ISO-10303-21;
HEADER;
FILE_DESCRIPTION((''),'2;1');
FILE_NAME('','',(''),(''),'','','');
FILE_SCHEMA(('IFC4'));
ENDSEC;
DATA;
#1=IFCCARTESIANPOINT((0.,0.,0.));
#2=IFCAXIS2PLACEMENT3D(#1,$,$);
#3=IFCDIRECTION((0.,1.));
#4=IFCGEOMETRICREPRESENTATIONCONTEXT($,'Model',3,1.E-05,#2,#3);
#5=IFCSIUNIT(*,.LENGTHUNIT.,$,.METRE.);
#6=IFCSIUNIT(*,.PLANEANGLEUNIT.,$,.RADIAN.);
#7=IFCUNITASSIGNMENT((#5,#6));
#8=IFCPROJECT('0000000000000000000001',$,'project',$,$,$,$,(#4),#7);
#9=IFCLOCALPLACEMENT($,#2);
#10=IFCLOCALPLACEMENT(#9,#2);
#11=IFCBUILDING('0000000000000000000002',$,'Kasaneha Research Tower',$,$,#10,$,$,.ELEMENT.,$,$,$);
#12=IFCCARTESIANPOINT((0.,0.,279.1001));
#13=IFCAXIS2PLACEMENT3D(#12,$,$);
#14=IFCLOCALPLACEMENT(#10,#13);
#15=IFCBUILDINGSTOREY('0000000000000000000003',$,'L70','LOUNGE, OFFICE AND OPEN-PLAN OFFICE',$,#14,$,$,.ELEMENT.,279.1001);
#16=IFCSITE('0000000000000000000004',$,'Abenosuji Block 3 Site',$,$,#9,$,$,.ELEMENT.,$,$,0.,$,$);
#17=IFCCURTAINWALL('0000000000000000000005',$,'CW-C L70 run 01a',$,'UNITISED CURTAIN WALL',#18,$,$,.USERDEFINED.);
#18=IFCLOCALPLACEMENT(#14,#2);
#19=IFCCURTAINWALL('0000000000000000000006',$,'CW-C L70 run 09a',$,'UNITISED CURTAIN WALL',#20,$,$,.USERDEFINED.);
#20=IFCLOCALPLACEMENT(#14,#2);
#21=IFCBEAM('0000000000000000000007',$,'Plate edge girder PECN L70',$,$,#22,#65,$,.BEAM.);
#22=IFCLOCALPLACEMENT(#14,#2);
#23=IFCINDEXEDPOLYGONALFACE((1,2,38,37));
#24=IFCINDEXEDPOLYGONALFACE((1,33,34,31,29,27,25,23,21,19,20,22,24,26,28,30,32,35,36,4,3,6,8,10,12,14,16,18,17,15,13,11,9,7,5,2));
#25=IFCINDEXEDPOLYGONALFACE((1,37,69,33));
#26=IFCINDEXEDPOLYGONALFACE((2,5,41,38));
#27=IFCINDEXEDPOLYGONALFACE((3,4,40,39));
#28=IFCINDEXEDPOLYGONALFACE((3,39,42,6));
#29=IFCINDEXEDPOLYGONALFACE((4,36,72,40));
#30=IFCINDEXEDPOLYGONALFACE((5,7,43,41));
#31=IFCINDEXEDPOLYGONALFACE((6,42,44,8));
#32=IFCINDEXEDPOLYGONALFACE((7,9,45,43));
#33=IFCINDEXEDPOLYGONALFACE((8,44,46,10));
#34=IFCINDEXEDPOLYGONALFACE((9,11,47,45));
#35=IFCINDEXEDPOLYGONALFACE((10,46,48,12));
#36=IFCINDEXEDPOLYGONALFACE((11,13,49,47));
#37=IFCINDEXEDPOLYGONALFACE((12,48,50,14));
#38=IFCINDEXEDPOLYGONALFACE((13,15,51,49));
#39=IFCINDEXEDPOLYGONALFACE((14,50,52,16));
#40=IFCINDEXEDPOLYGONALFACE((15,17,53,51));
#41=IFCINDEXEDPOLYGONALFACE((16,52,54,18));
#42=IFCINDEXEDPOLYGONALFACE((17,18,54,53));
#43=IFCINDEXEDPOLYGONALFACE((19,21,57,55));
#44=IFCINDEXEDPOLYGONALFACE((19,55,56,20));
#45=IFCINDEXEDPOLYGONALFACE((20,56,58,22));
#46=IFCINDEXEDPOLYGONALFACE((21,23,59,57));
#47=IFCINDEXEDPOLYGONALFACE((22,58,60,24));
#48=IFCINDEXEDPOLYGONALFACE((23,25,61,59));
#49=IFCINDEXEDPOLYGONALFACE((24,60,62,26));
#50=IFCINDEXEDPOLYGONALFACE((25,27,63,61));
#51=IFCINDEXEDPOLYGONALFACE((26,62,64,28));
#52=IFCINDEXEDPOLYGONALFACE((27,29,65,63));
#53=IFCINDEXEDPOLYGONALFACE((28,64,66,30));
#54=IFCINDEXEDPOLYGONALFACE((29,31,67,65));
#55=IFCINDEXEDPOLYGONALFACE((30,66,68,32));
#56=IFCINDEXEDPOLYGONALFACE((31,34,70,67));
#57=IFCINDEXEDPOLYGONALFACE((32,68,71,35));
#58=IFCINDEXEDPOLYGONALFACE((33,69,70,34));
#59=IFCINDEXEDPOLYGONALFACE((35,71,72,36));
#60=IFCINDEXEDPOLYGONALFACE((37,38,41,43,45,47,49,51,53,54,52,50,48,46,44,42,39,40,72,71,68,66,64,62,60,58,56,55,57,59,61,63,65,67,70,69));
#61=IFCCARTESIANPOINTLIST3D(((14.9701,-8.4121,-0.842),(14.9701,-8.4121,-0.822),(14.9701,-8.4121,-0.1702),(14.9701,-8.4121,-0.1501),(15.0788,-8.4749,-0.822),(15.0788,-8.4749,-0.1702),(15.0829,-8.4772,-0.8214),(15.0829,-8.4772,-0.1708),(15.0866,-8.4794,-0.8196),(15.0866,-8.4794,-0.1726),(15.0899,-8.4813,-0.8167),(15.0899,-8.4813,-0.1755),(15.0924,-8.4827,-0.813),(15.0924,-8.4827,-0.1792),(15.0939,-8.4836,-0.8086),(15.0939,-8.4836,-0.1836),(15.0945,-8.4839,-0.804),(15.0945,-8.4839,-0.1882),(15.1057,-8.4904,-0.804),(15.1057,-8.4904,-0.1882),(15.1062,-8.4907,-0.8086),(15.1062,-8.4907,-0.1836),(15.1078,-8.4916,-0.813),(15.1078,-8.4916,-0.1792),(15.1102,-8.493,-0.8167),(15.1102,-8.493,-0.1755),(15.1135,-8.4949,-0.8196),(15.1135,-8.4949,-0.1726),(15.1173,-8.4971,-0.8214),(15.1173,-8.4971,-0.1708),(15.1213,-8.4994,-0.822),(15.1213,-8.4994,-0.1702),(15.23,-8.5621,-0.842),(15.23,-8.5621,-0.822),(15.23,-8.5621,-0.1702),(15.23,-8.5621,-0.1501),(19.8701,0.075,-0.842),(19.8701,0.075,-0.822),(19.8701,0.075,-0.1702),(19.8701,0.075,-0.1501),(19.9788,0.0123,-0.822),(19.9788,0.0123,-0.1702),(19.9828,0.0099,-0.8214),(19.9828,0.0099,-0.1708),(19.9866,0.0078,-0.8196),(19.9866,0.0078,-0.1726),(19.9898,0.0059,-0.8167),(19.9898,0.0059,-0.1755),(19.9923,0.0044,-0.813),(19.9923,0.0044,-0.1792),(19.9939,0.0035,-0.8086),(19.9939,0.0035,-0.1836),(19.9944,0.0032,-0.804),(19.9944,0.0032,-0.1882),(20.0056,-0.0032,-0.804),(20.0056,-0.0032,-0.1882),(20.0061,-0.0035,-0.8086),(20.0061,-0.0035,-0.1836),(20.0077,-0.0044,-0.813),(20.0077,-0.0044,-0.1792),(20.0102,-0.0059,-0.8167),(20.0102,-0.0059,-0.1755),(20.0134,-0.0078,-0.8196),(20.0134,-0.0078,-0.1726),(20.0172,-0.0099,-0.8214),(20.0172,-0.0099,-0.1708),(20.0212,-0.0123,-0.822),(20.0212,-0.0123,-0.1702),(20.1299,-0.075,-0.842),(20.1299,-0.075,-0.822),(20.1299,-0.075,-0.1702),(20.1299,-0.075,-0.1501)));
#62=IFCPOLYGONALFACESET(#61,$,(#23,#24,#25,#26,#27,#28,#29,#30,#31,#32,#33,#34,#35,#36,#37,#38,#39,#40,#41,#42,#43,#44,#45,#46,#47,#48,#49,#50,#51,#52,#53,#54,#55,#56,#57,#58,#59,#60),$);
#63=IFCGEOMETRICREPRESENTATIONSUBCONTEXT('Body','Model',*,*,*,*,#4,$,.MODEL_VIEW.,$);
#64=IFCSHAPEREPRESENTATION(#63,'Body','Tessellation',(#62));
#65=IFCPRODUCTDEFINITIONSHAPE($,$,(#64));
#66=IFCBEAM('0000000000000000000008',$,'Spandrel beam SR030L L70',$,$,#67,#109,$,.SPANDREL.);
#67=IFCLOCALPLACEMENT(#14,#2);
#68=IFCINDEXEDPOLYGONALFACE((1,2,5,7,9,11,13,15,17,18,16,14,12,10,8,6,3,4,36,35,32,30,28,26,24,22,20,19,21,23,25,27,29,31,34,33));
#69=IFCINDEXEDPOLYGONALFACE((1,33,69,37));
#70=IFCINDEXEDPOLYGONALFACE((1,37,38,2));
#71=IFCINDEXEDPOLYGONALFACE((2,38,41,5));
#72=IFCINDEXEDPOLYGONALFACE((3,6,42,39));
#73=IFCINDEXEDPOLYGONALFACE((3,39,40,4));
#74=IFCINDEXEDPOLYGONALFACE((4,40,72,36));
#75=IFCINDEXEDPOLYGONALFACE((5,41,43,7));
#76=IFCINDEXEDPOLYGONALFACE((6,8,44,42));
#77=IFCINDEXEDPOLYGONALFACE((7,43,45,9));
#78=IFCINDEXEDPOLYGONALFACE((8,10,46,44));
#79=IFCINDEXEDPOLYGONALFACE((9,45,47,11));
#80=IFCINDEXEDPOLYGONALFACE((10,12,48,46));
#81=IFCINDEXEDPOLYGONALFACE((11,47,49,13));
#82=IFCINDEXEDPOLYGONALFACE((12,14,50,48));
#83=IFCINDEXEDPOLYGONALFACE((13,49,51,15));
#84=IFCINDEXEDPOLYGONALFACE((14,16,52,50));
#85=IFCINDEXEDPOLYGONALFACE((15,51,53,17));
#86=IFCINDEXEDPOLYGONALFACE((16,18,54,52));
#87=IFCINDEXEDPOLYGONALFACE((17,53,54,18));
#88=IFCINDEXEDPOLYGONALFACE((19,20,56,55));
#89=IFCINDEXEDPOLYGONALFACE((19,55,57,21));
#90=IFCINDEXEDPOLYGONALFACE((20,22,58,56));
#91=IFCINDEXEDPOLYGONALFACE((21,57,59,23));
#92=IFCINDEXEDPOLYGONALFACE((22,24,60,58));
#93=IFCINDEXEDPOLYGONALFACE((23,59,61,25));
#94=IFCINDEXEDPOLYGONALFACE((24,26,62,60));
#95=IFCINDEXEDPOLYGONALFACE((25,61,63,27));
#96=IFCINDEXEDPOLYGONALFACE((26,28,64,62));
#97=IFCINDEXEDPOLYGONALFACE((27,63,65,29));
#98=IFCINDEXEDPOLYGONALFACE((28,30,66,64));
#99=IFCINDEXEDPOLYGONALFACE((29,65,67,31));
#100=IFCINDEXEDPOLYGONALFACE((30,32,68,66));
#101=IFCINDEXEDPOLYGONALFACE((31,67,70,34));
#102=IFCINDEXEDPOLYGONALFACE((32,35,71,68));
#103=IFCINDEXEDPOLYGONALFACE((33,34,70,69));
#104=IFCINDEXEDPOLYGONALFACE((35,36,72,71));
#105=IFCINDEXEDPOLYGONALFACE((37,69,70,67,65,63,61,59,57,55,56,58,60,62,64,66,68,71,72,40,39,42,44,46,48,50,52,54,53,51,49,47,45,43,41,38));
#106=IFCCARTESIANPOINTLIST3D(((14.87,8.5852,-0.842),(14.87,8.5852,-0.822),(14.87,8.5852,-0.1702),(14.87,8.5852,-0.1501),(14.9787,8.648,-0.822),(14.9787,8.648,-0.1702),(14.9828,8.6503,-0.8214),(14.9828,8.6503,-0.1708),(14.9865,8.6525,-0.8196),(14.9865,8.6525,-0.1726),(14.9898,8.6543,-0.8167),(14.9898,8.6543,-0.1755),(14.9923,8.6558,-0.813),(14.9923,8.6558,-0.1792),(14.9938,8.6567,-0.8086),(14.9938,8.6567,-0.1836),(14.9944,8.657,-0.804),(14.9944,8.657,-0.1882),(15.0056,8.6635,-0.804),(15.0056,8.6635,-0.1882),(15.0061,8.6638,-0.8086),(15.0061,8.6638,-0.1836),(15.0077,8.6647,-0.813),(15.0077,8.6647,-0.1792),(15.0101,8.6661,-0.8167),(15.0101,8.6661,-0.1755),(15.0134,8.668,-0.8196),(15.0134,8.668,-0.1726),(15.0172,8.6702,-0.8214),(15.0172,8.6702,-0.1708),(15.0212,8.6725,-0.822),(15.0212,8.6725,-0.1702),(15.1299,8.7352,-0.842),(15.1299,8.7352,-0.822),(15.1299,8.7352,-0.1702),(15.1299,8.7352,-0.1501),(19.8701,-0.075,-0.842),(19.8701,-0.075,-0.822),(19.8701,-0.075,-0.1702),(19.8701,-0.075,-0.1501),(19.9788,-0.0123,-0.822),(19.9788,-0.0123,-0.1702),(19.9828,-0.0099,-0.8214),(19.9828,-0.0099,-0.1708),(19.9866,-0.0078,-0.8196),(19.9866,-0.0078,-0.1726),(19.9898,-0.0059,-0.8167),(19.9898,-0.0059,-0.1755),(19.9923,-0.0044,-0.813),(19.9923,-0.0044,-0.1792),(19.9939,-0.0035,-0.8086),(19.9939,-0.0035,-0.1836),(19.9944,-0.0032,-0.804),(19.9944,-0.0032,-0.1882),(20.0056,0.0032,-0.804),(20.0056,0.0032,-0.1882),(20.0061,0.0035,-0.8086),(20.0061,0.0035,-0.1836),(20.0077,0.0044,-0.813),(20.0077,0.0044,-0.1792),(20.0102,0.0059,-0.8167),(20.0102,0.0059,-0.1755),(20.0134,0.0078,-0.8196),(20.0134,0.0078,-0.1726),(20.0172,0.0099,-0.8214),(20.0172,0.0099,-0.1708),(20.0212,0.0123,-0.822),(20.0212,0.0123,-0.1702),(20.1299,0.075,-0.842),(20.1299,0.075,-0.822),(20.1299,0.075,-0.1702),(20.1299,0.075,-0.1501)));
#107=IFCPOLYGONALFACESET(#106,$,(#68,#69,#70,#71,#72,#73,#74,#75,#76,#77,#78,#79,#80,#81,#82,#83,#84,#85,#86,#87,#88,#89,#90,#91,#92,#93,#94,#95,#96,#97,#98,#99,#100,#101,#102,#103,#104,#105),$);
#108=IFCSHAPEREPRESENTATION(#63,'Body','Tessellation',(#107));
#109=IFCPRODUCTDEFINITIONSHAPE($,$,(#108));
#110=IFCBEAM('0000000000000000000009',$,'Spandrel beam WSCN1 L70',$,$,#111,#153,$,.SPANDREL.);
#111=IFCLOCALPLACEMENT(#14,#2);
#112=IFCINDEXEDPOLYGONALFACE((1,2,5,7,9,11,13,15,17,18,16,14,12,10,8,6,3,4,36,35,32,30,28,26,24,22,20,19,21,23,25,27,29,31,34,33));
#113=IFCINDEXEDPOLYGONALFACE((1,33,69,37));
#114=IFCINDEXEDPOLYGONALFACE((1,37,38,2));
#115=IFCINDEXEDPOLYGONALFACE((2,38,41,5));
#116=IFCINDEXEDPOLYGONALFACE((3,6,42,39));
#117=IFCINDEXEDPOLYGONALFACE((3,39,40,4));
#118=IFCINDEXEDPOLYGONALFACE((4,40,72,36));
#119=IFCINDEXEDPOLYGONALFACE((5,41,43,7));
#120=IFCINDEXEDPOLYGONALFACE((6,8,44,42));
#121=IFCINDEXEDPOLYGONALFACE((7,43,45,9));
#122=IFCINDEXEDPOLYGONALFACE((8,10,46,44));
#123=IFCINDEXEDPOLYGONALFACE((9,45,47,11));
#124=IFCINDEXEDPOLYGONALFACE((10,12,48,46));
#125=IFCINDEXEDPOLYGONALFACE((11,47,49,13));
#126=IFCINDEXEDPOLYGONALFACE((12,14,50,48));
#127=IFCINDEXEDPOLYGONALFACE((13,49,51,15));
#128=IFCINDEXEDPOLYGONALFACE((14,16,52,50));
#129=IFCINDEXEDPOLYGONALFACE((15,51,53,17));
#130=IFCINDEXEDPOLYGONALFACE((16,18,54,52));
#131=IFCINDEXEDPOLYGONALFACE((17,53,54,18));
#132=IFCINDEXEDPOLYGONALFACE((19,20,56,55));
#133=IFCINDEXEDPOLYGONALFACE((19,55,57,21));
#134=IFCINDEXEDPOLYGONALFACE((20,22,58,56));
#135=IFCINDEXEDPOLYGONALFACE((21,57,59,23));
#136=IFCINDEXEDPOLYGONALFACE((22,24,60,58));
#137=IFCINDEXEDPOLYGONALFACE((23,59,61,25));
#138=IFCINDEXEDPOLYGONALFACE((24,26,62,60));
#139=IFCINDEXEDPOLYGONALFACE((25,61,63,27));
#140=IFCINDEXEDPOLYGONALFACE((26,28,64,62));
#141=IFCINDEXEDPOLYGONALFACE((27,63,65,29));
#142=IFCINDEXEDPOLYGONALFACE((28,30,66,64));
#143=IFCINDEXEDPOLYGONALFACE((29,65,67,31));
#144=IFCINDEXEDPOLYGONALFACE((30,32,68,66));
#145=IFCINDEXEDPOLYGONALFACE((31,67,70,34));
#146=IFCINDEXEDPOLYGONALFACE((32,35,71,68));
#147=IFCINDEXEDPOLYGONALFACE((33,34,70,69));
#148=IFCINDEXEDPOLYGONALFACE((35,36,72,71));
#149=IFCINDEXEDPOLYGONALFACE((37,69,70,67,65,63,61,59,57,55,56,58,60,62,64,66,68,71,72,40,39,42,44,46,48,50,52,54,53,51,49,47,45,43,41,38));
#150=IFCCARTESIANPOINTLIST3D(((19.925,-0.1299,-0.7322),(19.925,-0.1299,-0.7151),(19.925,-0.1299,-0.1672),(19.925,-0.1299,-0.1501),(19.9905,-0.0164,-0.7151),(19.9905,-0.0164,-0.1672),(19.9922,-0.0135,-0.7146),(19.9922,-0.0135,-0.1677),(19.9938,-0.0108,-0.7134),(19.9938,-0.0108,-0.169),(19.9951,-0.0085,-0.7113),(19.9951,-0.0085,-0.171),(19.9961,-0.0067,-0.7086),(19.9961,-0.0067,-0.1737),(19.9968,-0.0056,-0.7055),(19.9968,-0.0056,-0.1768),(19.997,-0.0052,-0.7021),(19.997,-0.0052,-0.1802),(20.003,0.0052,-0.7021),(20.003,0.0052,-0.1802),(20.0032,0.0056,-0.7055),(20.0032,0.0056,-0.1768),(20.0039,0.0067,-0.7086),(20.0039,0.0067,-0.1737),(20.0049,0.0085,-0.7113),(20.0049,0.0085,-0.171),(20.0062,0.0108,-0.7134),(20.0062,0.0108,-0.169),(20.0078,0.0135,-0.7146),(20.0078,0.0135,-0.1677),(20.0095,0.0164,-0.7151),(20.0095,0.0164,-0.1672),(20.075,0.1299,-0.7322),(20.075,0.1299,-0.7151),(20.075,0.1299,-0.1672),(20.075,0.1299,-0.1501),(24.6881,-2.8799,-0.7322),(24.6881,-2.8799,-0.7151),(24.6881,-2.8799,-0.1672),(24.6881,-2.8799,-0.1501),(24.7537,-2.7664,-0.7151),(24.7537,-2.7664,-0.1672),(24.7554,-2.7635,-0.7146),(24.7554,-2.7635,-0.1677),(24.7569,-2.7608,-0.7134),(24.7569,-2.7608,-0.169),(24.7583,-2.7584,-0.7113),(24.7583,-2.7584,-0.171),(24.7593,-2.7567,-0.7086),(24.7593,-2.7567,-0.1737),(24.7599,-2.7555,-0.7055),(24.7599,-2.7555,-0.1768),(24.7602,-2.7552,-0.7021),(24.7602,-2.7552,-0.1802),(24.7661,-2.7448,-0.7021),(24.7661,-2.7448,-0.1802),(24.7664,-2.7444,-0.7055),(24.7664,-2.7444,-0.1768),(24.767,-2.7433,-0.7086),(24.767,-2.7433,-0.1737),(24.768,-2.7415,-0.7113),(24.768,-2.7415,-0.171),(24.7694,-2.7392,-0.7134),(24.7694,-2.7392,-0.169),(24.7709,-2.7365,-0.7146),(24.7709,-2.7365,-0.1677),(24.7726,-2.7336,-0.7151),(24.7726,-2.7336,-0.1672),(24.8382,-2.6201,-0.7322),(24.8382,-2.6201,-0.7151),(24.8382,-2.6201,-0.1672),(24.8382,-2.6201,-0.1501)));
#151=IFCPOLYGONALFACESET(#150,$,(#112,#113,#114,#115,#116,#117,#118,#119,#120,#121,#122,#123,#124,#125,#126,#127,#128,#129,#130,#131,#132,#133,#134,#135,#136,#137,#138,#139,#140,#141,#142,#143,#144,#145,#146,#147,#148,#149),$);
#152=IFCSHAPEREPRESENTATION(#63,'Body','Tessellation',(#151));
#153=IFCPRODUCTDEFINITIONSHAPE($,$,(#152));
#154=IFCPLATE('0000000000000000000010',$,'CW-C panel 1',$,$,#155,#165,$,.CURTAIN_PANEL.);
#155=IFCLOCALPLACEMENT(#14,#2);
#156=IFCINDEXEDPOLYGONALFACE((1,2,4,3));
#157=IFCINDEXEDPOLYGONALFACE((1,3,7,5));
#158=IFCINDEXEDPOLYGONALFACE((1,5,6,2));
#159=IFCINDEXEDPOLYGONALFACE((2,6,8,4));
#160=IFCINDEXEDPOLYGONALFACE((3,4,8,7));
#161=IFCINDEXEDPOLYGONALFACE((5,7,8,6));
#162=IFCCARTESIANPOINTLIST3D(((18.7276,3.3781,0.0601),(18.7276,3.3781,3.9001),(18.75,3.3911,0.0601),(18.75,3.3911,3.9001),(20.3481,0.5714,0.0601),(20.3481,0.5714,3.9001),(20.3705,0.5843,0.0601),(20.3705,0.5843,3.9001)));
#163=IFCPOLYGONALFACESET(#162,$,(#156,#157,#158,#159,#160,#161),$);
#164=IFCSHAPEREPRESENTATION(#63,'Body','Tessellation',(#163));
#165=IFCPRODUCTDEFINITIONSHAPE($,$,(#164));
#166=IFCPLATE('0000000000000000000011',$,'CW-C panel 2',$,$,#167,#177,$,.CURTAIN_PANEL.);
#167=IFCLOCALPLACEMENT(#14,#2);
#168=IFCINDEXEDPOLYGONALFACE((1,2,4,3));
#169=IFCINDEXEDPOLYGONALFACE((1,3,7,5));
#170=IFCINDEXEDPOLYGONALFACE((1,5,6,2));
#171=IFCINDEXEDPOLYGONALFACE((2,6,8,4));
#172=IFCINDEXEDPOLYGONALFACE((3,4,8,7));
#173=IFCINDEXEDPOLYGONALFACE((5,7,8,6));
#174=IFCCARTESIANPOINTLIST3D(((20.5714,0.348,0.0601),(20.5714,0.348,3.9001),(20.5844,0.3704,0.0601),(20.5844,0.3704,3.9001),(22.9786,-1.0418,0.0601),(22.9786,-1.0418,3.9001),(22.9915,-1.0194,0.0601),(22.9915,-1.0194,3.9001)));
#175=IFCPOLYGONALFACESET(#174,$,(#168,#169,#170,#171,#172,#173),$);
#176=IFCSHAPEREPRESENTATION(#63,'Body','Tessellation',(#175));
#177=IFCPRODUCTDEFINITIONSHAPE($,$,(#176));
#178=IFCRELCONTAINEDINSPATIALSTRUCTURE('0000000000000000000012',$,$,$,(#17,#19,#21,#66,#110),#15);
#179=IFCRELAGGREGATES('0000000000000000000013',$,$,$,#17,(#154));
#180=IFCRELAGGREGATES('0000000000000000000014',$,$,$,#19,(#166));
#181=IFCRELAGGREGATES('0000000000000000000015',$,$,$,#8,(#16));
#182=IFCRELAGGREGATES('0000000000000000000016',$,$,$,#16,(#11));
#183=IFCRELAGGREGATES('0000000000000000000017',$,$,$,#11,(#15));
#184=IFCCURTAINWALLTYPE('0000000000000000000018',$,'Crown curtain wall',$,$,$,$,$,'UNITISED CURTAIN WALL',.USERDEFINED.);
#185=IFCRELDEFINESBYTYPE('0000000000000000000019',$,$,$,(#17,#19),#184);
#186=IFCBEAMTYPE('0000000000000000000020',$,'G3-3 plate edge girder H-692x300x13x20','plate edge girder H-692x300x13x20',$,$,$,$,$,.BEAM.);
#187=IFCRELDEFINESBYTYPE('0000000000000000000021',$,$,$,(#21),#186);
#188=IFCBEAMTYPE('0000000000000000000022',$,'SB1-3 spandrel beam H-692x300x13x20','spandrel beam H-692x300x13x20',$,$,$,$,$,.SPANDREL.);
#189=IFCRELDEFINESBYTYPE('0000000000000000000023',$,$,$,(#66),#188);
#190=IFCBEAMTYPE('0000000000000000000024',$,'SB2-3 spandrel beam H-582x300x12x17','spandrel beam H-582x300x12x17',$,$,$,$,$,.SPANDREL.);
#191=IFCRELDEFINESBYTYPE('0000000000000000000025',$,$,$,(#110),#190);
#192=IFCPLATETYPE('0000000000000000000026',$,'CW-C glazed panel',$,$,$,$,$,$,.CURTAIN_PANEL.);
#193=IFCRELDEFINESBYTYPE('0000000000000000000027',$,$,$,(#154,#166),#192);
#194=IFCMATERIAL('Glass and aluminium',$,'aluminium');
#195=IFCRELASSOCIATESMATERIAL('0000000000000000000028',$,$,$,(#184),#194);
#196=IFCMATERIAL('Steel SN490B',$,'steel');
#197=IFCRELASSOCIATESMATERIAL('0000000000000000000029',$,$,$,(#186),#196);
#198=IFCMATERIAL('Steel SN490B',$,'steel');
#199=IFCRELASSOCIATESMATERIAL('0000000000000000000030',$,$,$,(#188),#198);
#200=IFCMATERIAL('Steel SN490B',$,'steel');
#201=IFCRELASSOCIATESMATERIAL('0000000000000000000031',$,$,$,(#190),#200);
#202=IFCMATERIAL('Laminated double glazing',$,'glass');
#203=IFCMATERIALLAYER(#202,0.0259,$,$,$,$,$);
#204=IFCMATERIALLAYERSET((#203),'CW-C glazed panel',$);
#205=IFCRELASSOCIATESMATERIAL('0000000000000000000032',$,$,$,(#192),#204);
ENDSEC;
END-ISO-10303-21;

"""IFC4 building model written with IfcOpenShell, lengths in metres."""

from ifc_helpers import new_model, si_unit, direction, frame, origin, origin_2d, place, context, subcontext, project, spatial, rectangle, i_section, extrude, material, layer, layer_set, material_profile, profile_set, type_object, element, aggregate, save


model = new_model("IFC4")

# Units and contexts
model_context = context("Model", 3, precision=1e-05, world=origin(), true_north=direction((0.0, 1.0)))
body_context = subcontext(model_context, "Body", "Model", "MODEL_VIEW")
ifc_project = project(units=[si_unit("LENGTHUNIT", "METRE"), si_unit("PLANEANGLEUNIT", "RADIAN")], contexts=[model_context])

# Site, building, storey
site_placement = place(None, origin())
site = spatial("IfcSite", under=ifc_project, at=site_placement, Name="Abenosuji Block 3 Site", CompositionType="ELEMENT", RefElevation=0.0)
building_placement = place(site_placement, origin())
building = spatial("IfcBuilding", under=site, at=building_placement, Name="Kasaneha Research Tower", CompositionType="ELEMENT")
storey_placement = place(building_placement, frame((0.0, 0.0, 279.1001)))
storey = spatial("IfcBuildingStorey", under=building, at=storey_placement, Name="L70", Description="LOUNGE, OFFICE AND OPEN-PLAN OFFICE", CompositionType="ELEMENT", Elevation=279.1001)

# Curtain wall
ifc_material_1 = material(Name="Glass and aluminium", Category="aluminium")
curtain_wall_type = type_object("IfcCurtainWallType", Name="Crown curtain wall", ElementType="UNITISED CURTAIN WALL", PredefinedType="USERDEFINED", material=ifc_material_1)
curtain_wall_1_placement = place(storey_placement, origin())
curtain_wall_1 = element("IfcCurtainWall", 1, at=curtain_wall_1_placement, inside=storey, type_object=curtain_wall_type, Name="CW-C L70 run 01a", ObjectType="UNITISED CURTAIN WALL", PredefinedType="USERDEFINED")

# Curtain wall
curtain_wall_2_placement = place(storey_placement, origin())
curtain_wall_2 = element("IfcCurtainWall", 2, at=curtain_wall_2_placement, inside=storey, type_object=curtain_wall_type, Name="CW-C L70 run 09a", ObjectType="UNITISED CURTAIN WALL", PredefinedType="USERDEFINED")

# Beams
ifc_material_2 = material(Name="Steel SN490B", Category="steel")
ifc_material_profile_1 = material_profile(ifc_material_2, i_section(OverallWidth=0.3, OverallDepth=0.6919, WebThickness=0.0129, FlangeThickness=0.02, FilletRadius=0.0181, at=origin_2d()), Name="H-692x300x13x20")
ifc_profile_set_1 = profile_set([ifc_material_profile_1], Name="Steel SN490B")
beam_type_1 = type_object("IfcBeamType", Name="G3-3 plate edge girder H-692x300x13x20", Description="plate edge girder H-692x300x13x20", PredefinedType="BEAM", material=ifc_profile_set_1)
beam_1_placement = place(storey_placement, frame((20.0, 0.0, -0.4961), z_axis=(-0.499992, -0.86603, 0.0), x_axis=(0.86603, -0.499992, 0.0)))
element("IfcBeam", 3, at=beam_1_placement, inside=storey, type_object=beam_type_1, Name="Plate edge girder PECN L70", PredefinedType="BEAM", context=body_context, shape_type="SweptSolid", body=[
    extrude(i_section(OverallWidth=0.3, OverallDepth=0.6919, WebThickness=0.0129, FlangeThickness=0.02, FilletRadius=0.0181, at=origin_2d()), origin(), (0.0, 0.0, 1.0), 9.8),
])
ifc_material_3 = material(Name="Steel SN490B", Category="steel")
ifc_material_profile_2 = material_profile(ifc_material_3, i_section(OverallWidth=0.3, OverallDepth=0.6919, WebThickness=0.0129, FlangeThickness=0.02, FilletRadius=0.0181, at=origin_2d()), Name="H-692x300x13x20")
ifc_profile_set_2 = profile_set([ifc_material_profile_2], Name="Steel SN490B")
beam_type_2 = type_object("IfcBeamType", Name="SB1-3 spandrel beam H-692x300x13x20", Description="spandrel beam H-692x300x13x20", PredefinedType="SPANDREL", material=ifc_profile_set_2)
beam_2_placement = place(storey_placement, frame((20.0, 0.0, -0.4961), z_axis=(-0.500004, 0.866023, 0.0), x_axis=(-0.866023, -0.500004, 0.0)))
element("IfcBeam", 4, at=beam_2_placement, inside=storey, type_object=beam_type_2, Name="Spandrel beam SR030L L70", PredefinedType="SPANDREL", context=body_context, shape_type="SweptSolid", body=[
    extrude(i_section(OverallWidth=0.3, OverallDepth=0.6919, WebThickness=0.0129, FlangeThickness=0.02, FilletRadius=0.0181, at=origin_2d()), origin(), (0.0, 0.0, 1.0), 10.0),
])
ifc_material_4 = material(Name="Steel SN490B", Category="steel")
ifc_material_profile_3 = material_profile(ifc_material_4, i_section(OverallWidth=0.3, OverallDepth=0.582, WebThickness=0.012, FlangeThickness=0.0171, FilletRadius=0.0129, at=origin_2d()), Name="H-582x300x12x17")
ifc_profile_set_3 = profile_set([ifc_material_profile_3], Name="Steel SN490B")
beam_type_3 = type_object("IfcBeamType", Name="SB2-3 spandrel beam H-582x300x12x17", Description="spandrel beam H-582x300x12x17", PredefinedType="SPANDREL", material=ifc_profile_set_3)
beam_3_placement = place(storey_placement, frame((20.0, 0.0, -0.4412), z_axis=(0.866027, -0.499997, 0.0), x_axis=(0.499997, 0.866027, 0.0)))
element("IfcBeam", 5, at=beam_3_placement, inside=storey, type_object=beam_type_3, Name="Spandrel beam WSCN1 L70", PredefinedType="SPANDREL", context=body_context, shape_type="SweptSolid", body=[
    extrude(i_section(OverallWidth=0.3, OverallDepth=0.582, WebThickness=0.012, FlangeThickness=0.0171, FilletRadius=0.0129, at=origin_2d()), origin(), (0.0, 0.0, 1.0), 5.5),
])

# Plates
ifc_material_5 = material(Name="Laminated double glazing", Category="glass")
ifc_layer_1 = layer(ifc_material_5, 0.0259)
ifc_layer_set_1 = layer_set([ifc_layer_1], Name="CW-C glazed panel")
plate_type = type_object("IfcPlateType", Name="CW-C glazed panel", PredefinedType="CURTAIN_PANEL", material=ifc_layer_set_1)
plate_1_placement = place(storey_placement, frame((19.5491, 1.9812, 0.0601), z_axis=(0.0, 0.0, 1.0), x_axis=(-0.5, 0.866025, 0.0)))
plate_1 = element("IfcPlate", 6, at=plate_1_placement, type_object=plate_type, Name="CW-C panel 1", PredefinedType="CURTAIN_PANEL", context=body_context, shape_type="SweptSolid", body=[
    extrude(rectangle(XDim=3.241, YDim=0.0259, at=origin_2d()), origin(), (0.0, 0.0, 1.0), 3.8401),
])
aggregate(curtain_wall_1, [plate_1])
plate_2_placement = place(storey_placement, frame((21.7815, -0.3357, 0.0601), z_axis=(0.0, 0.0, 1.0), x_axis=(-0.866025, 0.5, 0.0)))
plate_2 = element("IfcPlate", 7, at=plate_2_placement, type_object=plate_type, Name="CW-C panel 2", PredefinedType="CURTAIN_PANEL", context=body_context, shape_type="SweptSolid", body=[
    extrude(rectangle(XDim=2.7795, YDim=0.0259, at=origin_2d()), origin(), (0.0, 0.0, 1.0), 3.8401),
])
aggregate(curtain_wall_2, [plate_2])

save(model, "model.ifc")
